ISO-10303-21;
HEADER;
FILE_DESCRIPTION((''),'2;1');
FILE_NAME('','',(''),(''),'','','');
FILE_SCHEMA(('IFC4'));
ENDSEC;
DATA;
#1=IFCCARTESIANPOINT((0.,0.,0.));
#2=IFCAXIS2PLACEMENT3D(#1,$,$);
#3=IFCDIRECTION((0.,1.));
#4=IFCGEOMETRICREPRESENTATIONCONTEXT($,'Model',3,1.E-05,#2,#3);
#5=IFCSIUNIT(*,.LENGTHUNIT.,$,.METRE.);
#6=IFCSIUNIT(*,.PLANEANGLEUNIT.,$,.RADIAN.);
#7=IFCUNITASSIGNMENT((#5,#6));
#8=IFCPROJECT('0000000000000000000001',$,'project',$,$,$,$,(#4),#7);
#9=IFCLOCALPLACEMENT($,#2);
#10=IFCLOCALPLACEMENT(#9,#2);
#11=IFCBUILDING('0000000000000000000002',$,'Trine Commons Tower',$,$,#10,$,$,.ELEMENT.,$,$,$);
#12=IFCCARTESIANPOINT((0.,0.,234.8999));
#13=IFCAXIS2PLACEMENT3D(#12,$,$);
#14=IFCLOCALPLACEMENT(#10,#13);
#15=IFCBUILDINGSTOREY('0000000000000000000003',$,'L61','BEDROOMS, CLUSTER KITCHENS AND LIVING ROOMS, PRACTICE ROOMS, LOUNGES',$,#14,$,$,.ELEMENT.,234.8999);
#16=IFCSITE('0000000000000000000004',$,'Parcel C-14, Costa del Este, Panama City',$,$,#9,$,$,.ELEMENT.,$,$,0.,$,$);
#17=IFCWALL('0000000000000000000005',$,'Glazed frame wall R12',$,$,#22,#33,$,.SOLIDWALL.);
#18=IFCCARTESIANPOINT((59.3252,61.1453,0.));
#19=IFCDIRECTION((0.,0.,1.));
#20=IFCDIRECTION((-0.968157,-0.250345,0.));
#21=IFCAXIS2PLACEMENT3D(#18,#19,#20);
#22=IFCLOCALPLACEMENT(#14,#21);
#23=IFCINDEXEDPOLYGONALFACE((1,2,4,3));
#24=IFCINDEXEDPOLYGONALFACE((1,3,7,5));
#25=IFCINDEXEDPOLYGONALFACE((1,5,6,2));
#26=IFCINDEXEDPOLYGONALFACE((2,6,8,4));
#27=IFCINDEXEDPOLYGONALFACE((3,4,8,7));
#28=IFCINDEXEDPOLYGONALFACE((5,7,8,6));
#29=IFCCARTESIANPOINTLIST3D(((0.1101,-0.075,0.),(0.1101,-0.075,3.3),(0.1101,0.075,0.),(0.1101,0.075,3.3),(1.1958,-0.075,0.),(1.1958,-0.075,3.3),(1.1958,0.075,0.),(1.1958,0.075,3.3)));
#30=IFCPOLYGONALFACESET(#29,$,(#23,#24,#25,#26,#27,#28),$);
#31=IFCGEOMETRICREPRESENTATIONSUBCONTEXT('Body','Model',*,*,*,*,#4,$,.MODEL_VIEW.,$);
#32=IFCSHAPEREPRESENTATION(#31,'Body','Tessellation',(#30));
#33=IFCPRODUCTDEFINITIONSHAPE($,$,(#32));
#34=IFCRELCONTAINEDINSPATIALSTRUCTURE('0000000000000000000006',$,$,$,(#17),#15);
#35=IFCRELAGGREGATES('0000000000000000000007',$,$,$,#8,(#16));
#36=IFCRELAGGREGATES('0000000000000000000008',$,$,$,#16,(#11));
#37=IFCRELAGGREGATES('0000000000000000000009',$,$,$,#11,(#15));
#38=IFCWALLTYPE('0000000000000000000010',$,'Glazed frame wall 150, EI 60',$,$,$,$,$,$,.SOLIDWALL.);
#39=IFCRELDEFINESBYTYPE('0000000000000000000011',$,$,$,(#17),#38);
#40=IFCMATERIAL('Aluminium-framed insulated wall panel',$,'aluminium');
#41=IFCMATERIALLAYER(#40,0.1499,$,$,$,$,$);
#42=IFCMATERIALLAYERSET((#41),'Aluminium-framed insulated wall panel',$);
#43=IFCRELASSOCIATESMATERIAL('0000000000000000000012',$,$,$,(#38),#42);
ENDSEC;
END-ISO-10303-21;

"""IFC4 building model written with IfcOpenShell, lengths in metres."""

from ifc_helpers import new_model, si_unit, direction, frame, origin, place, context, subcontext, project, spatial, polyline, outline, extrude, material, layer, layer_set, type_object, element, save


model = new_model("IFC4")

# Units and contexts
model_context = context("Model", 3, precision=1e-05, world=origin(), true_north=direction((0.0, 1.0)))
body_context = subcontext(model_context, "Body", "Model", "MODEL_VIEW")
ifc_project = project(units=[si_unit("LENGTHUNIT", "METRE"), si_unit("PLANEANGLEUNIT", "RADIAN")], contexts=[model_context])

# Site, building, storey
site_placement = place(None, origin())
site = spatial("IfcSite", under=ifc_project, at=site_placement, Name="Parcel C-14, Costa del Este, Panama City", CompositionType="ELEMENT", RefElevation=0.0)
building_placement = place(site_placement, origin())
building = spatial("IfcBuilding", under=site, at=building_placement, Name="Trine Commons Tower", CompositionType="ELEMENT")
storey_placement = place(building_placement, frame((0.0, 0.0, 234.8999)))
storey = spatial("IfcBuildingStorey", under=building, at=storey_placement, Name="L61", Description="BEDROOMS, CLUSTER KITCHENS AND LIVING ROOMS, PRACTICE ROOMS, LOUNGES", CompositionType="ELEMENT", Elevation=234.8999)

# Shared definitions
ifc_material_1 = material(Name="Aluminium-framed insulated wall panel", Category="aluminium")
ifc_layer_1 = layer(ifc_material_1, 0.1499)
ifc_layer_set_1 = layer_set([ifc_layer_1], Name="Aluminium-framed insulated wall panel")
wall_type_1 = type_object("IfcWallType", Name="Glazed frame wall 150, EI 60", PredefinedType="SOLIDWALL", material=ifc_layer_set_1)

# Wall
wall_1_placement = place(storey_placement, frame((59.3252, 61.1453, 0.0), z_axis=(0.0, 0.0, 1.0), x_axis=(-0.968157, -0.250345, 0.0)))
element("IfcWall", 1, at=wall_1_placement, inside=storey, type_object=wall_type_1, Name="Glazed frame wall R12", PredefinedType="SOLIDWALL", context=body_context, shape_type="SweptSolid", body=[
    extrude(outline(polyline([(0.1101, 0.075), (0.1101, -0.075), (1.1958, -0.075), (1.1958, 0.075), (0.1101, 0.075)])), origin(), (0.0, 0.0, 1.0), 3.3),
])

save(model, "model.ifc")
